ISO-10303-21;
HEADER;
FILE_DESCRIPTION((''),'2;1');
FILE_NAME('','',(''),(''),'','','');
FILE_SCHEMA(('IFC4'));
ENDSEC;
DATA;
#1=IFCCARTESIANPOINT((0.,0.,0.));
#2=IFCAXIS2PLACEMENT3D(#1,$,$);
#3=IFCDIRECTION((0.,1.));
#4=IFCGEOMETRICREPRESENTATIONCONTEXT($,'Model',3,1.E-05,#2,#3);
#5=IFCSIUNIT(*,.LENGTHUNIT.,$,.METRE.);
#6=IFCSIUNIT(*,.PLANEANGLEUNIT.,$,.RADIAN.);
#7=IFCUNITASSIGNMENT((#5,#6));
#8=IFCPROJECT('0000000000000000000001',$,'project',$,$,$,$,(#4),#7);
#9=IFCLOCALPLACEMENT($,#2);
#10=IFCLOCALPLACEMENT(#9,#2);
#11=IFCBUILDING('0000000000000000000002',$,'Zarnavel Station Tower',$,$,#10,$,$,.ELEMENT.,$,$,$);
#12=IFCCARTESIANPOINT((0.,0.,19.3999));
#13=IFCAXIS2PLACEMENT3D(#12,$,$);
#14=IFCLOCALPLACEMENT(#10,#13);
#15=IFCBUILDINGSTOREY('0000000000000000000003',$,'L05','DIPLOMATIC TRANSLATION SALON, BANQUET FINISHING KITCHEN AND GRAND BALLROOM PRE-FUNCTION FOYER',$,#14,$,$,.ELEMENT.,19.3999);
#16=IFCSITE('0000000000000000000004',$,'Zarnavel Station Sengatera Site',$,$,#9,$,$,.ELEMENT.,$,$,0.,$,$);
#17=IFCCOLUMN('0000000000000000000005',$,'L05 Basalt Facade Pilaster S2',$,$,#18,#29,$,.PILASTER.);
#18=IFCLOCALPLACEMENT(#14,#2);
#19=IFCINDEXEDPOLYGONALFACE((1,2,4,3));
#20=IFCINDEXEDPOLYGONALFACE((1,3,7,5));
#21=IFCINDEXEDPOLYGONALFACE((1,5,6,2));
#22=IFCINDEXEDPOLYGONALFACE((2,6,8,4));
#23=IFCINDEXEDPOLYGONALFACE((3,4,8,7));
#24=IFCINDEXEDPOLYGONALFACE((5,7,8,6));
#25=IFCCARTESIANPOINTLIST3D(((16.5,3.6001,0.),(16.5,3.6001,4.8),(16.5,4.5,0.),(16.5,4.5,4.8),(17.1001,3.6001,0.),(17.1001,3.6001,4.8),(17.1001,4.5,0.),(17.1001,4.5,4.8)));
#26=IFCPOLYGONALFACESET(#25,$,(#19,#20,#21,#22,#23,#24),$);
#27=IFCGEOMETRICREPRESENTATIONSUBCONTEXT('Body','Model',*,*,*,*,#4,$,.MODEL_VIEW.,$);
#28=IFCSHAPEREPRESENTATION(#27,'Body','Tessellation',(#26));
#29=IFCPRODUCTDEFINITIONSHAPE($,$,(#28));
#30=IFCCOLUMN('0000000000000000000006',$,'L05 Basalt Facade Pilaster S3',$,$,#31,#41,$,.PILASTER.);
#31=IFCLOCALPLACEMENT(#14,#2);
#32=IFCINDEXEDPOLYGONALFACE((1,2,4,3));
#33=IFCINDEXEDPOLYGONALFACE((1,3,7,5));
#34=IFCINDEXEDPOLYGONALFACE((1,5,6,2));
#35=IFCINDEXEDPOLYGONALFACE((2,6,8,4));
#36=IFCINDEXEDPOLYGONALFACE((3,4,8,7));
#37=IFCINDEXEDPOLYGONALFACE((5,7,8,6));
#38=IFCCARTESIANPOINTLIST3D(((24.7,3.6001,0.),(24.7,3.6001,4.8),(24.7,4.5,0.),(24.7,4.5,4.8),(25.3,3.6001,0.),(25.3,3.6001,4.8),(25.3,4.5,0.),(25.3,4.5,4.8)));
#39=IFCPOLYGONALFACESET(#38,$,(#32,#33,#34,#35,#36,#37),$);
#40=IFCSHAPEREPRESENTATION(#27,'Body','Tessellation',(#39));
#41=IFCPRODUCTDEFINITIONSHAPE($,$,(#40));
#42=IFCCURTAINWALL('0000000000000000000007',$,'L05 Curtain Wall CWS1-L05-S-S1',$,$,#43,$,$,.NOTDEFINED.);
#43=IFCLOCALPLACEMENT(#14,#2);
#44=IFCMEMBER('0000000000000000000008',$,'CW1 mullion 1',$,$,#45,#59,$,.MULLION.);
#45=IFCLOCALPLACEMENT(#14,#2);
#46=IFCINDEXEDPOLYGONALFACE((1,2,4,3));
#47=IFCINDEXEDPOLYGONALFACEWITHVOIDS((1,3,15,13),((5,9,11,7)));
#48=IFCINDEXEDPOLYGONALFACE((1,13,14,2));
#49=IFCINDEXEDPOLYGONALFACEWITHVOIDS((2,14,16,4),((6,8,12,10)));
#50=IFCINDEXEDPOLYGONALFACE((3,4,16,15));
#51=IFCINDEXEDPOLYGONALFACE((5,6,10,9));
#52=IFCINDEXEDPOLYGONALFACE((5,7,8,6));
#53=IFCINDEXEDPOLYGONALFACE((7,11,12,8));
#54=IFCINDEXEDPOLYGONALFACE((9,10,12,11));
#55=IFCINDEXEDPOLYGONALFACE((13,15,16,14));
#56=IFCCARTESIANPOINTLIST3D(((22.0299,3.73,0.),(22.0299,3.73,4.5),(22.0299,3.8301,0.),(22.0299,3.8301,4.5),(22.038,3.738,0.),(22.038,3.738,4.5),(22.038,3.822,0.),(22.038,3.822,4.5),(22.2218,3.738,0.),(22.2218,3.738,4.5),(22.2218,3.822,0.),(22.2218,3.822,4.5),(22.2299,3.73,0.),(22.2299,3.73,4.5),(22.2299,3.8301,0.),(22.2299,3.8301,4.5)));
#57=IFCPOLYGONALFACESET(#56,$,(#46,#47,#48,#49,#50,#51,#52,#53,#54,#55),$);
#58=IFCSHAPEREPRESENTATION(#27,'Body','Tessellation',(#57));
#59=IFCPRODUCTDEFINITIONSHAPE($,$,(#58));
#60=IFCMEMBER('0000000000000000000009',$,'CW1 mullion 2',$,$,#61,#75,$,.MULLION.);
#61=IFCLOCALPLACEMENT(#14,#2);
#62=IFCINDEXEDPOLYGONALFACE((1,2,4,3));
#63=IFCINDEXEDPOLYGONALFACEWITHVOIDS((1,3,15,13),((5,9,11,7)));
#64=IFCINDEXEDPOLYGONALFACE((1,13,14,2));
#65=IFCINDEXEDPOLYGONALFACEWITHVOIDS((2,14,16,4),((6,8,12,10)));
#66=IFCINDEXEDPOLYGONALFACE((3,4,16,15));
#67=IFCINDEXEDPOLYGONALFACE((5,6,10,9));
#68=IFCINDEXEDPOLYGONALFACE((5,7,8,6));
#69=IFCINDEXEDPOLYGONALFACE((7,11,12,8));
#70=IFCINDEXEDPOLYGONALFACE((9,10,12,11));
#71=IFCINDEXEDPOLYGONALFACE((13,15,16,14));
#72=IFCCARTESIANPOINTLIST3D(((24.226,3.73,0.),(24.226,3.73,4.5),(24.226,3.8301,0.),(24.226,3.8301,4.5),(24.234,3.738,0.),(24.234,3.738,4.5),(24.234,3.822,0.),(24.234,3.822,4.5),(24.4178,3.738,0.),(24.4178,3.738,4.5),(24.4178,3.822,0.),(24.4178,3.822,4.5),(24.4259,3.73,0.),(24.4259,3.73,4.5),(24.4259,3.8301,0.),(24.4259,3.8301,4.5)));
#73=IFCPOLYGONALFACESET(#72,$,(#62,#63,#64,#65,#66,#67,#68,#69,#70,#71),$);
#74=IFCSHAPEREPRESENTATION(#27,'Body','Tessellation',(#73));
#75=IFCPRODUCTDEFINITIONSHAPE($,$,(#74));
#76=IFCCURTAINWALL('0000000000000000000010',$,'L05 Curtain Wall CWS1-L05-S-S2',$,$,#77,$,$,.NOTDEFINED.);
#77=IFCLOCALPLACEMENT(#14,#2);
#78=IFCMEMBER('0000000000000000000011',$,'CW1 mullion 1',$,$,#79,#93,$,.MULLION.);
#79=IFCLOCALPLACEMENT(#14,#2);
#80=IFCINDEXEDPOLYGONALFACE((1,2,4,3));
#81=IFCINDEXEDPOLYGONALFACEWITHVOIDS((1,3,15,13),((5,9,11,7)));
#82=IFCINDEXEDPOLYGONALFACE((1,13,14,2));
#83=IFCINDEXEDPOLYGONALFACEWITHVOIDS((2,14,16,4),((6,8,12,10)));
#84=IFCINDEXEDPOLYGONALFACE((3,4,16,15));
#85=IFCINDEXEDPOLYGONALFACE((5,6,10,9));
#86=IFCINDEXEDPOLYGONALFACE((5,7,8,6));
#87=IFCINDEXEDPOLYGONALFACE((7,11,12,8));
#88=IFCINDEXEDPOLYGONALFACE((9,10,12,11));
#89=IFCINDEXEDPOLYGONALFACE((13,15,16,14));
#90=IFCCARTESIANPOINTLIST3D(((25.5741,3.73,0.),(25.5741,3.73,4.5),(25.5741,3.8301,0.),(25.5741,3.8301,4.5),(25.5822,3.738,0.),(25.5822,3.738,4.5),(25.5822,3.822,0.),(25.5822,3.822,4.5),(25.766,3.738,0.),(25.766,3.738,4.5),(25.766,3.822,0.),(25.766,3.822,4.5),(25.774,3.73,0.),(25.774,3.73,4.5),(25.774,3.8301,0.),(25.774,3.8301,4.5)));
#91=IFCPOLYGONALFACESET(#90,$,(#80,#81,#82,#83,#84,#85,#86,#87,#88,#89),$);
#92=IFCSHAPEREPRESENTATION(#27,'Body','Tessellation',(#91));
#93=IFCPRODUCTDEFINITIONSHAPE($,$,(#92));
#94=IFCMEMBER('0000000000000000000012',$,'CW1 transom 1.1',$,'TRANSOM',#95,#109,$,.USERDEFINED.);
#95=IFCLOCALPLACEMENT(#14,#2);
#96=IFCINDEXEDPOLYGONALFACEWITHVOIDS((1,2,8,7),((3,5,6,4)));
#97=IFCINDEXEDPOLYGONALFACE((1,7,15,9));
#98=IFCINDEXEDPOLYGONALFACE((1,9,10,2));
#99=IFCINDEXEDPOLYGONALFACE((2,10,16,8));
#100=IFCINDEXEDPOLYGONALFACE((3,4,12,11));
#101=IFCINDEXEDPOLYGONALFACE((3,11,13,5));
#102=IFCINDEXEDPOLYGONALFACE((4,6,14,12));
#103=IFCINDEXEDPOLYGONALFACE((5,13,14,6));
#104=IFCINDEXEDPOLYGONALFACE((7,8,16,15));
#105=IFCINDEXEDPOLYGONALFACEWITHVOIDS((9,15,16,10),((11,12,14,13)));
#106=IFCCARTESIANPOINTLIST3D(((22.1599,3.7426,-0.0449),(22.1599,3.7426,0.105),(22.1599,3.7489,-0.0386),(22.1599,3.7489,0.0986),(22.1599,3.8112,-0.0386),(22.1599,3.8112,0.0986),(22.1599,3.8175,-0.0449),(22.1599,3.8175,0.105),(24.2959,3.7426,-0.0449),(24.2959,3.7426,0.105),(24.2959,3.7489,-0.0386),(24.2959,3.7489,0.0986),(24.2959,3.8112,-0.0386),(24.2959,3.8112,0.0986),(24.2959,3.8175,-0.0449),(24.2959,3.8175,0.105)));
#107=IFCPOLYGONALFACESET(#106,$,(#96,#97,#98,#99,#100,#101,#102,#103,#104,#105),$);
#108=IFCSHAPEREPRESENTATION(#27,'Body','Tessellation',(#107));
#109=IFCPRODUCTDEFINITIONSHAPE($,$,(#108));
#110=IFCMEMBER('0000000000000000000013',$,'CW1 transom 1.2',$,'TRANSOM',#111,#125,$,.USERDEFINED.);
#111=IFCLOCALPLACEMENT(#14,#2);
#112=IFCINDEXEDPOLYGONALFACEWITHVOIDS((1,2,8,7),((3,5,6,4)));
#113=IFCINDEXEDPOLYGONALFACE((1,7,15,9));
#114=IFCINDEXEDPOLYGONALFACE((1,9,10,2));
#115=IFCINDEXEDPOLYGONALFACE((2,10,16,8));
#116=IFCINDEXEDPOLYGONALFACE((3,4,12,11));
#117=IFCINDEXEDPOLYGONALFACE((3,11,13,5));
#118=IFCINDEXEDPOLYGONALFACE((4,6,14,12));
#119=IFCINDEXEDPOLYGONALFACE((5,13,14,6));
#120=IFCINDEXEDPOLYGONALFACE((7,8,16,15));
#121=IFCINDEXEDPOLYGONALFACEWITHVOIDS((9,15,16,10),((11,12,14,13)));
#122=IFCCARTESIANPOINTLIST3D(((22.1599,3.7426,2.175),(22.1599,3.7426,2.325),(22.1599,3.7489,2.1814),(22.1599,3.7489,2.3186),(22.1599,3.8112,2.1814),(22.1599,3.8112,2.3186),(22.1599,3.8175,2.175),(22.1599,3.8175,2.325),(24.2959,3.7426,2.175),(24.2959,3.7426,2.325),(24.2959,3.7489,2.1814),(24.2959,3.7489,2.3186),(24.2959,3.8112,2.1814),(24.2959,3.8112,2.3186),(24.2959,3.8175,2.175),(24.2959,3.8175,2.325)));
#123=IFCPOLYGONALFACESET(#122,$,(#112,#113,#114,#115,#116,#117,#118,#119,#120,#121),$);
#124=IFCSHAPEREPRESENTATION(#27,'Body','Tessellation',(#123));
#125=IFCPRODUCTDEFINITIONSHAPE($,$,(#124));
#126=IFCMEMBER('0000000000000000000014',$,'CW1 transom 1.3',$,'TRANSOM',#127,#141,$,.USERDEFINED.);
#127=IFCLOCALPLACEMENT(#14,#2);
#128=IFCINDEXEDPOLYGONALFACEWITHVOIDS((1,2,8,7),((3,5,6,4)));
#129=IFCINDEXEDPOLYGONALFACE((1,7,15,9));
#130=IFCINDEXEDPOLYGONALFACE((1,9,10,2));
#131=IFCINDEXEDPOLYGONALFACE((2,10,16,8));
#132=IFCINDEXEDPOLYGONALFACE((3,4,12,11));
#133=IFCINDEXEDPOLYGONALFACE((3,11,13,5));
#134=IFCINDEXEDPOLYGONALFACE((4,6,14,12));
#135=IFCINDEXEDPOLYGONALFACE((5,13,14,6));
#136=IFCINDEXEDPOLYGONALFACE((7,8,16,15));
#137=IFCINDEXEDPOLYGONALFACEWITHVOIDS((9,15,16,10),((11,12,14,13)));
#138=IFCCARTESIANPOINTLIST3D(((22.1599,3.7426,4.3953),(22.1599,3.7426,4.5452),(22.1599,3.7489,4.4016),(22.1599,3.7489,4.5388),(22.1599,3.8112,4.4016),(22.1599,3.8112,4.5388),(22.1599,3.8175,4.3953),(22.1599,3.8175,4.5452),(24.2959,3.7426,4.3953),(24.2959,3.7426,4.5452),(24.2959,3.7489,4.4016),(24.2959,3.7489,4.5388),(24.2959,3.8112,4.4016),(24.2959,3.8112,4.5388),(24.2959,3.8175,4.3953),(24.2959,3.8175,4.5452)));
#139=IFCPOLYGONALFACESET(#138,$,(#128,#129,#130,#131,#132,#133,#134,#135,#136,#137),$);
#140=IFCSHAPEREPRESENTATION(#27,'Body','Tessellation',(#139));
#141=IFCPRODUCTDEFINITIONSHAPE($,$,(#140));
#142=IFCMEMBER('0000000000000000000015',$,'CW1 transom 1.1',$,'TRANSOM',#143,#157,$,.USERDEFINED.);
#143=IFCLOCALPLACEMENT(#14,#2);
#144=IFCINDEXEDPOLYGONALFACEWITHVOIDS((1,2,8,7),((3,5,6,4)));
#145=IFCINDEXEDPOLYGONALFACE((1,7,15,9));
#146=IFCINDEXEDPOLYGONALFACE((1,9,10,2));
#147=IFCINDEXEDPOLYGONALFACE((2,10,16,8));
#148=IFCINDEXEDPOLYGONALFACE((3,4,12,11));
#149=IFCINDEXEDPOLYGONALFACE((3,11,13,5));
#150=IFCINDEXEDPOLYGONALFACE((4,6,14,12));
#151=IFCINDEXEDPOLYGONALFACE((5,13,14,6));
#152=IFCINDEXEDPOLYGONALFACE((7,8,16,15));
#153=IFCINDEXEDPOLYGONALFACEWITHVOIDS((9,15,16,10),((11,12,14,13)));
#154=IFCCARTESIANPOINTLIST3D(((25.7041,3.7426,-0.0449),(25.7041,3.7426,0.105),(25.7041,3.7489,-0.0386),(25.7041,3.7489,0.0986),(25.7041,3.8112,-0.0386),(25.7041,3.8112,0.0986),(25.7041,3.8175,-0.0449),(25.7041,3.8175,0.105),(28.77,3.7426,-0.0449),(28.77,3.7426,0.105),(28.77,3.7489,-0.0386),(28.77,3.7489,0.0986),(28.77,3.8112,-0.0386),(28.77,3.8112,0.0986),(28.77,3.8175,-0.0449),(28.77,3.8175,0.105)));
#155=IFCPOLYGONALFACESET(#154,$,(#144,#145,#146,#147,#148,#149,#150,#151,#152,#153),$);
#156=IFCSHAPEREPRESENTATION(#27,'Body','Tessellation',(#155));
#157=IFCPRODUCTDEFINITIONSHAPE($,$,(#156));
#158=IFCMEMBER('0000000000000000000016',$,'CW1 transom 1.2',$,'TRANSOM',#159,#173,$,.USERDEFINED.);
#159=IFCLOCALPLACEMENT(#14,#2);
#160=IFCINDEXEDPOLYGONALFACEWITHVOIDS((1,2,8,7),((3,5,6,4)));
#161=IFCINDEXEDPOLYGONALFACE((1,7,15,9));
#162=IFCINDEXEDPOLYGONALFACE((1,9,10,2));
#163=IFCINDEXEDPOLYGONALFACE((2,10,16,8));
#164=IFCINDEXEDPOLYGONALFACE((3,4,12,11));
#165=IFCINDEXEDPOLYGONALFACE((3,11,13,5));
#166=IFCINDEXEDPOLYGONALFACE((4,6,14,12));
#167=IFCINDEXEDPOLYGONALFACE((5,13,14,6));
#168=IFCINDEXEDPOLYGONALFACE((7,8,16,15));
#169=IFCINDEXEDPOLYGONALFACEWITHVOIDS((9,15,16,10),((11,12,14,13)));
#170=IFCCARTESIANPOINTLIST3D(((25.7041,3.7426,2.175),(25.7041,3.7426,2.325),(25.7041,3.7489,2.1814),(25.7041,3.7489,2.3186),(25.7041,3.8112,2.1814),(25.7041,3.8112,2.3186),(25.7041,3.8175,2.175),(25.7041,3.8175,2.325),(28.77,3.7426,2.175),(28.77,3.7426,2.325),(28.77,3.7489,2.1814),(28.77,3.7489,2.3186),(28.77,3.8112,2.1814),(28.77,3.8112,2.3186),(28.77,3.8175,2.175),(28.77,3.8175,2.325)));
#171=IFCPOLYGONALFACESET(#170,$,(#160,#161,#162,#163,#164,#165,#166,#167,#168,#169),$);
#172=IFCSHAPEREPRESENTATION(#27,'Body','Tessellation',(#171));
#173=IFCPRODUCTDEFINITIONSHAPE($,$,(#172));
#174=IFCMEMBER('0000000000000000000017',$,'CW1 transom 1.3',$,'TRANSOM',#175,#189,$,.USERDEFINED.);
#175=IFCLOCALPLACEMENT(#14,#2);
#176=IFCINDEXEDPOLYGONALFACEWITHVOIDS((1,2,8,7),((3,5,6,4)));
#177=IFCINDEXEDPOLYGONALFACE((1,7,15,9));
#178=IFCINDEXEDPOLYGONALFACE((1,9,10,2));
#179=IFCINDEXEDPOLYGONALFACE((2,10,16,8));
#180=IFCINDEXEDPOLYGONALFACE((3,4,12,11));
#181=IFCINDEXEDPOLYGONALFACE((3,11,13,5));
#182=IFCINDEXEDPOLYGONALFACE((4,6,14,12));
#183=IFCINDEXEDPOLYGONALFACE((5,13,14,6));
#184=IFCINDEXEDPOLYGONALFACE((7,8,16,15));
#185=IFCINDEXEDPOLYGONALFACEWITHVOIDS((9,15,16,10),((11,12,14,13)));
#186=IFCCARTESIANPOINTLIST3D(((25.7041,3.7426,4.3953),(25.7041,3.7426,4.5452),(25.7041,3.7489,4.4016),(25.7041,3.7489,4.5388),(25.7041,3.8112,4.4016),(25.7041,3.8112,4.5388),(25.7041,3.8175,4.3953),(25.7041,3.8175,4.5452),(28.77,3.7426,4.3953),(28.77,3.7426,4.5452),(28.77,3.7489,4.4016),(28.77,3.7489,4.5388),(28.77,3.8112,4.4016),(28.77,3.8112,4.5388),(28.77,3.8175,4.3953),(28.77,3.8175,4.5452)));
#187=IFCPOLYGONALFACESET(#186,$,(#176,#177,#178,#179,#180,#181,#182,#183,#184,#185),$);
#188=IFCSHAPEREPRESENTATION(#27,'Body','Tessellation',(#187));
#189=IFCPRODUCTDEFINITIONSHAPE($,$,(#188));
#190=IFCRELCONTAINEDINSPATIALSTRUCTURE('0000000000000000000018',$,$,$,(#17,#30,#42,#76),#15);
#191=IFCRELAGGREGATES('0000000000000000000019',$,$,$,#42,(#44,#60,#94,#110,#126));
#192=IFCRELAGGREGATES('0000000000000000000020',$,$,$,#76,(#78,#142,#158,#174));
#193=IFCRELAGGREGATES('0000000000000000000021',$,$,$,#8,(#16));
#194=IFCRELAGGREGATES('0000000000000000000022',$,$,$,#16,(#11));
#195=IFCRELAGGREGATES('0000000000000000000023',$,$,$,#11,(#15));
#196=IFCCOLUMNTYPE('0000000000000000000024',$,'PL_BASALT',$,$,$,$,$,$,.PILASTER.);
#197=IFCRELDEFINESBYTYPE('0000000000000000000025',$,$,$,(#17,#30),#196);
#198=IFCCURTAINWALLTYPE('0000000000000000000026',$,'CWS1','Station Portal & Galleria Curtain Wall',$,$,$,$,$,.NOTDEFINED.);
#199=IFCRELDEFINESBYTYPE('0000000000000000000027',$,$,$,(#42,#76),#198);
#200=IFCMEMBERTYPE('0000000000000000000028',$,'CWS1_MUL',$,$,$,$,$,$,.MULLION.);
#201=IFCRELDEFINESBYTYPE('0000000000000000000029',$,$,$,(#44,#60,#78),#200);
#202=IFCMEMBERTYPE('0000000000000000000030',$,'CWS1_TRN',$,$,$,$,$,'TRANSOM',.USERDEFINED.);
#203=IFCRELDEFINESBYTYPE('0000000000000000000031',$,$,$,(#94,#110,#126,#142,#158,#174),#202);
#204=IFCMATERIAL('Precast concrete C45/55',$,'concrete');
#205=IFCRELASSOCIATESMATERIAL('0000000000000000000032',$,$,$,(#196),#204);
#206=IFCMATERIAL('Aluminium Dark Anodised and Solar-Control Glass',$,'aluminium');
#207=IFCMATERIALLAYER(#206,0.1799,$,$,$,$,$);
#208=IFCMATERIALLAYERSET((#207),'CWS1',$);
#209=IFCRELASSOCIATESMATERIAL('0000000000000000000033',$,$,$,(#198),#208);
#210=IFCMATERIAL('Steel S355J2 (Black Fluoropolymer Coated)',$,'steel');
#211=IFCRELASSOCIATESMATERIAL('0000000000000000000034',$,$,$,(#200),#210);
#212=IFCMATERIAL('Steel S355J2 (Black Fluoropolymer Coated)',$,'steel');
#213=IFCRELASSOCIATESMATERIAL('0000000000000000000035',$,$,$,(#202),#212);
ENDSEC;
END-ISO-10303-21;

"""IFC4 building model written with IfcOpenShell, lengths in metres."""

from ifc_helpers import new_model, si_unit, direction, frame, origin, origin_2d, place, context, subcontext, project, spatial, rectangle, hollow_rectangle, extrude, material, layer, layer_set, material_profile, profile_set, type_object, element, aggregate, save


model = new_model("IFC4")

# Units and contexts
model_context = context("Model", 3, precision=1e-05, world=origin(), true_north=direction((0.0, 1.0)))
body_context = subcontext(model_context, "Body", "Model", "MODEL_VIEW")
ifc_project = project(units=[si_unit("LENGTHUNIT", "METRE"), si_unit("PLANEANGLEUNIT", "RADIAN")], contexts=[model_context])

# Site, building, storey
site_placement = place(None, origin())
site = spatial("IfcSite", under=ifc_project, at=site_placement, Name="Zarnavel Station Sengatera Site", CompositionType="ELEMENT", RefElevation=0.0)
building_placement = place(site_placement, origin())
building = spatial("IfcBuilding", under=site, at=building_placement, Name="Zarnavel Station Tower", CompositionType="ELEMENT")
storey_placement = place(building_placement, frame((0.0, 0.0, 19.3999)))
storey = spatial("IfcBuildingStorey", under=building, at=storey_placement, Name="L05", Description="DIPLOMATIC TRANSLATION SALON, BANQUET FINISHING KITCHEN AND GRAND BALLROOM PRE-FUNCTION FOYER", CompositionType="ELEMENT", Elevation=19.3999)

# Columns
ifc_material_1 = material(Name="Precast concrete C45/55", Category="concrete")
ifc_material_profile_1 = material_profile(ifc_material_1, rectangle(XDim=0.6001, YDim=0.8999, at=origin_2d()), Name="RC600x900")
ifc_profile_set_1 = profile_set([ifc_material_profile_1], Name="Precast concrete C45/55")
column_type = type_object("IfcColumnType", Name="PL_BASALT", PredefinedType="PILASTER", material=ifc_profile_set_1)
for number, where, z_axis, x_axis, name in (
    (1, (16.8, 4.05, 0.0), (0.0, 0.0, 1.0), (1.0, 0.0, 0.0), "L05 Basalt Facade Pilaster S2"),
    (2, (25.0, 4.05, 0.0), (0.0, 0.0, 1.0), (1.0, 0.0, 0.0), "L05 Basalt Facade Pilaster S3"),
):
    element("IfcColumn", number, at=place(storey_placement, frame(where, z_axis=z_axis, x_axis=x_axis)), inside=storey, type_object=column_type, Name=name, PredefinedType="PILASTER", context=body_context, shape_type="SweptSolid", body=[
        extrude(rectangle(XDim=0.6001, YDim=0.8999, at=origin_2d()), origin(), (0.0, 0.0, 1.0), 4.8),
    ])

# Curtain wall, members
ifc_material_2 = material(Name="Aluminium Dark Anodised and Solar-Control Glass", Category="aluminium")
ifc_layer_1 = layer(ifc_material_2, 0.1799)
ifc_layer_set_1 = layer_set([ifc_layer_1], Name="CWS1")
curtain_wall_type = type_object("IfcCurtainWallType", Name="CWS1", Description="Station Portal & Galleria Curtain Wall", PredefinedType="NOTDEFINED", material=ifc_layer_set_1)
curtain_wall_1_placement = place(storey_placement, origin())
curtain_wall_1 = element("IfcCurtainWall", 3, at=curtain_wall_1_placement, inside=storey, type_object=curtain_wall_type, Name="L05 Curtain Wall CWS1-L05-S-S1", PredefinedType="NOTDEFINED")
ifc_material_3 = material(Name="Steel S355J2 (Black Fluoropolymer Coated)", Category="steel")
ifc_material_profile_2 = material_profile(ifc_material_3, hollow_rectangle(XDim=0.1001, YDim=0.2, WallThickness=0.0081, at=origin_2d()), Name="RHS200x100x8")
ifc_profile_set_2 = profile_set([ifc_material_profile_2], Name="Steel S355J2 (Black Fluoropolymer Coated)")
member_type_1 = type_object("IfcMemberType", Name="CWS1_MUL", PredefinedType="MULLION", material=ifc_profile_set_2)
member_1_placement = place(storey_placement, frame((22.1299, 3.78, 0.0), z_axis=(0.0, 0.0, 1.0), x_axis=(0.0, 1.0, 0.0)))
member_1 = element("IfcMember", 4, at=member_1_placement, type_object=member_type_1, Name="CW1 mullion 1", PredefinedType="MULLION", context=body_context, shape_type="SweptSolid", body=[
    extrude(hollow_rectangle(XDim=0.1001, YDim=0.2, WallThickness=0.0081, at=origin_2d()), origin(), (0.0, 0.0, 1.0), 4.5),
])
member_2_placement = place(storey_placement, frame((24.3259, 3.78, 0.0), z_axis=(0.0, 0.0, 1.0), x_axis=(0.0, 1.0, 0.0)))
member_2 = element("IfcMember", 5, at=member_2_placement, type_object=member_type_1, Name="CW1 mullion 2", PredefinedType="MULLION", context=body_context, shape_type="SweptSolid", body=[
    extrude(hollow_rectangle(XDim=0.1001, YDim=0.2, WallThickness=0.0081, at=origin_2d()), origin(), (0.0, 0.0, 1.0), 4.5),
])

# Curtain wall, member
curtain_wall_2_placement = place(storey_placement, origin())
curtain_wall_2 = element("IfcCurtainWall", 6, at=curtain_wall_2_placement, inside=storey, type_object=curtain_wall_type, Name="L05 Curtain Wall CWS1-L05-S-S2", PredefinedType="NOTDEFINED")
member_3_placement = place(storey_placement, frame((25.6741, 3.78, 0.0), z_axis=(0.0, 0.0, 1.0), x_axis=(0.0, 1.0, 0.0)))
member_3 = element("IfcMember", 7, at=member_3_placement, type_object=member_type_1, Name="CW1 mullion 1", PredefinedType="MULLION", context=body_context, shape_type="SweptSolid", body=[
    extrude(hollow_rectangle(XDim=0.1001, YDim=0.2, WallThickness=0.0081, at=origin_2d()), origin(), (0.0, 0.0, 1.0), 4.5),
])

# Members
ifc_material_4 = material(Name="Steel S355J2 (Black Fluoropolymer Coated)", Category="steel")
ifc_material_profile_3 = material_profile(ifc_material_4, hollow_rectangle(XDim=0.075, YDim=0.1499, WallThickness=0.0063, at=origin_2d()), Name="RHS150x75x6.3")
ifc_profile_set_3 = profile_set([ifc_material_profile_3], Name="Steel S355J2 (Black Fluoropolymer Coated)")
member_type_2 = type_object("IfcMemberType", Name="CWS1_TRN", ElementType="TRANSOM", PredefinedType="USERDEFINED", material=ifc_profile_set_3)
member_4_placement = place(storey_placement, frame((22.1599, 3.78, 0.03), z_axis=(1.0, 0.0, 0.0), x_axis=(0.0, 1.0, 0.0)))
member_4 = element("IfcMember", 8, at=member_4_placement, type_object=member_type_2, Name="CW1 transom 1.1", ObjectType="TRANSOM", PredefinedType="USERDEFINED", context=body_context, shape_type="SweptSolid", body=[
    extrude(hollow_rectangle(XDim=0.075, YDim=0.1499, WallThickness=0.0063, at=origin_2d()), origin(), (0.0, 0.0, 1.0), 2.136),
])
member_5_placement = place(storey_placement, frame((22.1599, 3.78, 2.25), z_axis=(1.0, 0.0, 0.0), x_axis=(0.0, 1.0, 0.0)))
member_5 = element("IfcMember", 9, at=member_5_placement, type_object=member_type_2, Name="CW1 transom 1.2", ObjectType="TRANSOM", PredefinedType="USERDEFINED", context=body_context, shape_type="SweptSolid", body=[
    extrude(hollow_rectangle(XDim=0.075, YDim=0.1499, WallThickness=0.0063, at=origin_2d()), origin(), (0.0, 0.0, 1.0), 2.136),
])
member_6_placement = place(storey_placement, frame((22.1599, 3.78, 4.4702), z_axis=(1.0, 0.0, 0.0), x_axis=(0.0, 1.0, 0.0)))
member_6 = element("IfcMember", 10, at=member_6_placement, type_object=member_type_2, Name="CW1 transom 1.3", ObjectType="TRANSOM", PredefinedType="USERDEFINED", context=body_context, shape_type="SweptSolid", body=[
    extrude(hollow_rectangle(XDim=0.075, YDim=0.1499, WallThickness=0.0063, at=origin_2d()), origin(), (0.0, 0.0, 1.0), 2.136),
])
member_7_placement = place(storey_placement, frame((25.7041, 3.78, 0.03), z_axis=(1.0, 0.0, 0.0), x_axis=(0.0, 1.0, 0.0)))
member_7 = element("IfcMember", 11, at=member_7_placement, type_object=member_type_2, Name="CW1 transom 1.1", ObjectType="TRANSOM", PredefinedType="USERDEFINED", context=body_context, shape_type="SweptSolid", body=[
    extrude(hollow_rectangle(XDim=0.075, YDim=0.1499, WallThickness=0.0063, at=origin_2d()), origin(), (0.0, 0.0, 1.0), 3.0659),
])
member_8_placement = place(storey_placement, frame((25.7041, 3.78, 2.25), z_axis=(1.0, 0.0, 0.0), x_axis=(0.0, 1.0, 0.0)))
member_8 = element("IfcMember", 12, at=member_8_placement, type_object=member_type_2, Name="CW1 transom 1.2", ObjectType="TRANSOM", PredefinedType="USERDEFINED", context=body_context, shape_type="SweptSolid", body=[
    extrude(hollow_rectangle(XDim=0.075, YDim=0.1499, WallThickness=0.0063, at=origin_2d()), origin(), (0.0, 0.0, 1.0), 3.0659),
])
member_9_placement = place(storey_placement, frame((25.7041, 3.78, 4.4702), z_axis=(1.0, 0.0, 0.0), x_axis=(0.0, 1.0, 0.0)))
member_9 = element("IfcMember", 13, at=member_9_placement, type_object=member_type_2, Name="CW1 transom 1.3", ObjectType="TRANSOM", PredefinedType="USERDEFINED", context=body_context, shape_type="SweptSolid", body=[
    extrude(hollow_rectangle(XDim=0.075, YDim=0.1499, WallThickness=0.0063, at=origin_2d()), origin(), (0.0, 0.0, 1.0), 3.0659),
])

aggregate(curtain_wall_1, [member_1, member_2, member_4, member_5, member_6])
aggregate(curtain_wall_2, [member_3, member_7, member_8, member_9])

save(model, "model.ifc")
